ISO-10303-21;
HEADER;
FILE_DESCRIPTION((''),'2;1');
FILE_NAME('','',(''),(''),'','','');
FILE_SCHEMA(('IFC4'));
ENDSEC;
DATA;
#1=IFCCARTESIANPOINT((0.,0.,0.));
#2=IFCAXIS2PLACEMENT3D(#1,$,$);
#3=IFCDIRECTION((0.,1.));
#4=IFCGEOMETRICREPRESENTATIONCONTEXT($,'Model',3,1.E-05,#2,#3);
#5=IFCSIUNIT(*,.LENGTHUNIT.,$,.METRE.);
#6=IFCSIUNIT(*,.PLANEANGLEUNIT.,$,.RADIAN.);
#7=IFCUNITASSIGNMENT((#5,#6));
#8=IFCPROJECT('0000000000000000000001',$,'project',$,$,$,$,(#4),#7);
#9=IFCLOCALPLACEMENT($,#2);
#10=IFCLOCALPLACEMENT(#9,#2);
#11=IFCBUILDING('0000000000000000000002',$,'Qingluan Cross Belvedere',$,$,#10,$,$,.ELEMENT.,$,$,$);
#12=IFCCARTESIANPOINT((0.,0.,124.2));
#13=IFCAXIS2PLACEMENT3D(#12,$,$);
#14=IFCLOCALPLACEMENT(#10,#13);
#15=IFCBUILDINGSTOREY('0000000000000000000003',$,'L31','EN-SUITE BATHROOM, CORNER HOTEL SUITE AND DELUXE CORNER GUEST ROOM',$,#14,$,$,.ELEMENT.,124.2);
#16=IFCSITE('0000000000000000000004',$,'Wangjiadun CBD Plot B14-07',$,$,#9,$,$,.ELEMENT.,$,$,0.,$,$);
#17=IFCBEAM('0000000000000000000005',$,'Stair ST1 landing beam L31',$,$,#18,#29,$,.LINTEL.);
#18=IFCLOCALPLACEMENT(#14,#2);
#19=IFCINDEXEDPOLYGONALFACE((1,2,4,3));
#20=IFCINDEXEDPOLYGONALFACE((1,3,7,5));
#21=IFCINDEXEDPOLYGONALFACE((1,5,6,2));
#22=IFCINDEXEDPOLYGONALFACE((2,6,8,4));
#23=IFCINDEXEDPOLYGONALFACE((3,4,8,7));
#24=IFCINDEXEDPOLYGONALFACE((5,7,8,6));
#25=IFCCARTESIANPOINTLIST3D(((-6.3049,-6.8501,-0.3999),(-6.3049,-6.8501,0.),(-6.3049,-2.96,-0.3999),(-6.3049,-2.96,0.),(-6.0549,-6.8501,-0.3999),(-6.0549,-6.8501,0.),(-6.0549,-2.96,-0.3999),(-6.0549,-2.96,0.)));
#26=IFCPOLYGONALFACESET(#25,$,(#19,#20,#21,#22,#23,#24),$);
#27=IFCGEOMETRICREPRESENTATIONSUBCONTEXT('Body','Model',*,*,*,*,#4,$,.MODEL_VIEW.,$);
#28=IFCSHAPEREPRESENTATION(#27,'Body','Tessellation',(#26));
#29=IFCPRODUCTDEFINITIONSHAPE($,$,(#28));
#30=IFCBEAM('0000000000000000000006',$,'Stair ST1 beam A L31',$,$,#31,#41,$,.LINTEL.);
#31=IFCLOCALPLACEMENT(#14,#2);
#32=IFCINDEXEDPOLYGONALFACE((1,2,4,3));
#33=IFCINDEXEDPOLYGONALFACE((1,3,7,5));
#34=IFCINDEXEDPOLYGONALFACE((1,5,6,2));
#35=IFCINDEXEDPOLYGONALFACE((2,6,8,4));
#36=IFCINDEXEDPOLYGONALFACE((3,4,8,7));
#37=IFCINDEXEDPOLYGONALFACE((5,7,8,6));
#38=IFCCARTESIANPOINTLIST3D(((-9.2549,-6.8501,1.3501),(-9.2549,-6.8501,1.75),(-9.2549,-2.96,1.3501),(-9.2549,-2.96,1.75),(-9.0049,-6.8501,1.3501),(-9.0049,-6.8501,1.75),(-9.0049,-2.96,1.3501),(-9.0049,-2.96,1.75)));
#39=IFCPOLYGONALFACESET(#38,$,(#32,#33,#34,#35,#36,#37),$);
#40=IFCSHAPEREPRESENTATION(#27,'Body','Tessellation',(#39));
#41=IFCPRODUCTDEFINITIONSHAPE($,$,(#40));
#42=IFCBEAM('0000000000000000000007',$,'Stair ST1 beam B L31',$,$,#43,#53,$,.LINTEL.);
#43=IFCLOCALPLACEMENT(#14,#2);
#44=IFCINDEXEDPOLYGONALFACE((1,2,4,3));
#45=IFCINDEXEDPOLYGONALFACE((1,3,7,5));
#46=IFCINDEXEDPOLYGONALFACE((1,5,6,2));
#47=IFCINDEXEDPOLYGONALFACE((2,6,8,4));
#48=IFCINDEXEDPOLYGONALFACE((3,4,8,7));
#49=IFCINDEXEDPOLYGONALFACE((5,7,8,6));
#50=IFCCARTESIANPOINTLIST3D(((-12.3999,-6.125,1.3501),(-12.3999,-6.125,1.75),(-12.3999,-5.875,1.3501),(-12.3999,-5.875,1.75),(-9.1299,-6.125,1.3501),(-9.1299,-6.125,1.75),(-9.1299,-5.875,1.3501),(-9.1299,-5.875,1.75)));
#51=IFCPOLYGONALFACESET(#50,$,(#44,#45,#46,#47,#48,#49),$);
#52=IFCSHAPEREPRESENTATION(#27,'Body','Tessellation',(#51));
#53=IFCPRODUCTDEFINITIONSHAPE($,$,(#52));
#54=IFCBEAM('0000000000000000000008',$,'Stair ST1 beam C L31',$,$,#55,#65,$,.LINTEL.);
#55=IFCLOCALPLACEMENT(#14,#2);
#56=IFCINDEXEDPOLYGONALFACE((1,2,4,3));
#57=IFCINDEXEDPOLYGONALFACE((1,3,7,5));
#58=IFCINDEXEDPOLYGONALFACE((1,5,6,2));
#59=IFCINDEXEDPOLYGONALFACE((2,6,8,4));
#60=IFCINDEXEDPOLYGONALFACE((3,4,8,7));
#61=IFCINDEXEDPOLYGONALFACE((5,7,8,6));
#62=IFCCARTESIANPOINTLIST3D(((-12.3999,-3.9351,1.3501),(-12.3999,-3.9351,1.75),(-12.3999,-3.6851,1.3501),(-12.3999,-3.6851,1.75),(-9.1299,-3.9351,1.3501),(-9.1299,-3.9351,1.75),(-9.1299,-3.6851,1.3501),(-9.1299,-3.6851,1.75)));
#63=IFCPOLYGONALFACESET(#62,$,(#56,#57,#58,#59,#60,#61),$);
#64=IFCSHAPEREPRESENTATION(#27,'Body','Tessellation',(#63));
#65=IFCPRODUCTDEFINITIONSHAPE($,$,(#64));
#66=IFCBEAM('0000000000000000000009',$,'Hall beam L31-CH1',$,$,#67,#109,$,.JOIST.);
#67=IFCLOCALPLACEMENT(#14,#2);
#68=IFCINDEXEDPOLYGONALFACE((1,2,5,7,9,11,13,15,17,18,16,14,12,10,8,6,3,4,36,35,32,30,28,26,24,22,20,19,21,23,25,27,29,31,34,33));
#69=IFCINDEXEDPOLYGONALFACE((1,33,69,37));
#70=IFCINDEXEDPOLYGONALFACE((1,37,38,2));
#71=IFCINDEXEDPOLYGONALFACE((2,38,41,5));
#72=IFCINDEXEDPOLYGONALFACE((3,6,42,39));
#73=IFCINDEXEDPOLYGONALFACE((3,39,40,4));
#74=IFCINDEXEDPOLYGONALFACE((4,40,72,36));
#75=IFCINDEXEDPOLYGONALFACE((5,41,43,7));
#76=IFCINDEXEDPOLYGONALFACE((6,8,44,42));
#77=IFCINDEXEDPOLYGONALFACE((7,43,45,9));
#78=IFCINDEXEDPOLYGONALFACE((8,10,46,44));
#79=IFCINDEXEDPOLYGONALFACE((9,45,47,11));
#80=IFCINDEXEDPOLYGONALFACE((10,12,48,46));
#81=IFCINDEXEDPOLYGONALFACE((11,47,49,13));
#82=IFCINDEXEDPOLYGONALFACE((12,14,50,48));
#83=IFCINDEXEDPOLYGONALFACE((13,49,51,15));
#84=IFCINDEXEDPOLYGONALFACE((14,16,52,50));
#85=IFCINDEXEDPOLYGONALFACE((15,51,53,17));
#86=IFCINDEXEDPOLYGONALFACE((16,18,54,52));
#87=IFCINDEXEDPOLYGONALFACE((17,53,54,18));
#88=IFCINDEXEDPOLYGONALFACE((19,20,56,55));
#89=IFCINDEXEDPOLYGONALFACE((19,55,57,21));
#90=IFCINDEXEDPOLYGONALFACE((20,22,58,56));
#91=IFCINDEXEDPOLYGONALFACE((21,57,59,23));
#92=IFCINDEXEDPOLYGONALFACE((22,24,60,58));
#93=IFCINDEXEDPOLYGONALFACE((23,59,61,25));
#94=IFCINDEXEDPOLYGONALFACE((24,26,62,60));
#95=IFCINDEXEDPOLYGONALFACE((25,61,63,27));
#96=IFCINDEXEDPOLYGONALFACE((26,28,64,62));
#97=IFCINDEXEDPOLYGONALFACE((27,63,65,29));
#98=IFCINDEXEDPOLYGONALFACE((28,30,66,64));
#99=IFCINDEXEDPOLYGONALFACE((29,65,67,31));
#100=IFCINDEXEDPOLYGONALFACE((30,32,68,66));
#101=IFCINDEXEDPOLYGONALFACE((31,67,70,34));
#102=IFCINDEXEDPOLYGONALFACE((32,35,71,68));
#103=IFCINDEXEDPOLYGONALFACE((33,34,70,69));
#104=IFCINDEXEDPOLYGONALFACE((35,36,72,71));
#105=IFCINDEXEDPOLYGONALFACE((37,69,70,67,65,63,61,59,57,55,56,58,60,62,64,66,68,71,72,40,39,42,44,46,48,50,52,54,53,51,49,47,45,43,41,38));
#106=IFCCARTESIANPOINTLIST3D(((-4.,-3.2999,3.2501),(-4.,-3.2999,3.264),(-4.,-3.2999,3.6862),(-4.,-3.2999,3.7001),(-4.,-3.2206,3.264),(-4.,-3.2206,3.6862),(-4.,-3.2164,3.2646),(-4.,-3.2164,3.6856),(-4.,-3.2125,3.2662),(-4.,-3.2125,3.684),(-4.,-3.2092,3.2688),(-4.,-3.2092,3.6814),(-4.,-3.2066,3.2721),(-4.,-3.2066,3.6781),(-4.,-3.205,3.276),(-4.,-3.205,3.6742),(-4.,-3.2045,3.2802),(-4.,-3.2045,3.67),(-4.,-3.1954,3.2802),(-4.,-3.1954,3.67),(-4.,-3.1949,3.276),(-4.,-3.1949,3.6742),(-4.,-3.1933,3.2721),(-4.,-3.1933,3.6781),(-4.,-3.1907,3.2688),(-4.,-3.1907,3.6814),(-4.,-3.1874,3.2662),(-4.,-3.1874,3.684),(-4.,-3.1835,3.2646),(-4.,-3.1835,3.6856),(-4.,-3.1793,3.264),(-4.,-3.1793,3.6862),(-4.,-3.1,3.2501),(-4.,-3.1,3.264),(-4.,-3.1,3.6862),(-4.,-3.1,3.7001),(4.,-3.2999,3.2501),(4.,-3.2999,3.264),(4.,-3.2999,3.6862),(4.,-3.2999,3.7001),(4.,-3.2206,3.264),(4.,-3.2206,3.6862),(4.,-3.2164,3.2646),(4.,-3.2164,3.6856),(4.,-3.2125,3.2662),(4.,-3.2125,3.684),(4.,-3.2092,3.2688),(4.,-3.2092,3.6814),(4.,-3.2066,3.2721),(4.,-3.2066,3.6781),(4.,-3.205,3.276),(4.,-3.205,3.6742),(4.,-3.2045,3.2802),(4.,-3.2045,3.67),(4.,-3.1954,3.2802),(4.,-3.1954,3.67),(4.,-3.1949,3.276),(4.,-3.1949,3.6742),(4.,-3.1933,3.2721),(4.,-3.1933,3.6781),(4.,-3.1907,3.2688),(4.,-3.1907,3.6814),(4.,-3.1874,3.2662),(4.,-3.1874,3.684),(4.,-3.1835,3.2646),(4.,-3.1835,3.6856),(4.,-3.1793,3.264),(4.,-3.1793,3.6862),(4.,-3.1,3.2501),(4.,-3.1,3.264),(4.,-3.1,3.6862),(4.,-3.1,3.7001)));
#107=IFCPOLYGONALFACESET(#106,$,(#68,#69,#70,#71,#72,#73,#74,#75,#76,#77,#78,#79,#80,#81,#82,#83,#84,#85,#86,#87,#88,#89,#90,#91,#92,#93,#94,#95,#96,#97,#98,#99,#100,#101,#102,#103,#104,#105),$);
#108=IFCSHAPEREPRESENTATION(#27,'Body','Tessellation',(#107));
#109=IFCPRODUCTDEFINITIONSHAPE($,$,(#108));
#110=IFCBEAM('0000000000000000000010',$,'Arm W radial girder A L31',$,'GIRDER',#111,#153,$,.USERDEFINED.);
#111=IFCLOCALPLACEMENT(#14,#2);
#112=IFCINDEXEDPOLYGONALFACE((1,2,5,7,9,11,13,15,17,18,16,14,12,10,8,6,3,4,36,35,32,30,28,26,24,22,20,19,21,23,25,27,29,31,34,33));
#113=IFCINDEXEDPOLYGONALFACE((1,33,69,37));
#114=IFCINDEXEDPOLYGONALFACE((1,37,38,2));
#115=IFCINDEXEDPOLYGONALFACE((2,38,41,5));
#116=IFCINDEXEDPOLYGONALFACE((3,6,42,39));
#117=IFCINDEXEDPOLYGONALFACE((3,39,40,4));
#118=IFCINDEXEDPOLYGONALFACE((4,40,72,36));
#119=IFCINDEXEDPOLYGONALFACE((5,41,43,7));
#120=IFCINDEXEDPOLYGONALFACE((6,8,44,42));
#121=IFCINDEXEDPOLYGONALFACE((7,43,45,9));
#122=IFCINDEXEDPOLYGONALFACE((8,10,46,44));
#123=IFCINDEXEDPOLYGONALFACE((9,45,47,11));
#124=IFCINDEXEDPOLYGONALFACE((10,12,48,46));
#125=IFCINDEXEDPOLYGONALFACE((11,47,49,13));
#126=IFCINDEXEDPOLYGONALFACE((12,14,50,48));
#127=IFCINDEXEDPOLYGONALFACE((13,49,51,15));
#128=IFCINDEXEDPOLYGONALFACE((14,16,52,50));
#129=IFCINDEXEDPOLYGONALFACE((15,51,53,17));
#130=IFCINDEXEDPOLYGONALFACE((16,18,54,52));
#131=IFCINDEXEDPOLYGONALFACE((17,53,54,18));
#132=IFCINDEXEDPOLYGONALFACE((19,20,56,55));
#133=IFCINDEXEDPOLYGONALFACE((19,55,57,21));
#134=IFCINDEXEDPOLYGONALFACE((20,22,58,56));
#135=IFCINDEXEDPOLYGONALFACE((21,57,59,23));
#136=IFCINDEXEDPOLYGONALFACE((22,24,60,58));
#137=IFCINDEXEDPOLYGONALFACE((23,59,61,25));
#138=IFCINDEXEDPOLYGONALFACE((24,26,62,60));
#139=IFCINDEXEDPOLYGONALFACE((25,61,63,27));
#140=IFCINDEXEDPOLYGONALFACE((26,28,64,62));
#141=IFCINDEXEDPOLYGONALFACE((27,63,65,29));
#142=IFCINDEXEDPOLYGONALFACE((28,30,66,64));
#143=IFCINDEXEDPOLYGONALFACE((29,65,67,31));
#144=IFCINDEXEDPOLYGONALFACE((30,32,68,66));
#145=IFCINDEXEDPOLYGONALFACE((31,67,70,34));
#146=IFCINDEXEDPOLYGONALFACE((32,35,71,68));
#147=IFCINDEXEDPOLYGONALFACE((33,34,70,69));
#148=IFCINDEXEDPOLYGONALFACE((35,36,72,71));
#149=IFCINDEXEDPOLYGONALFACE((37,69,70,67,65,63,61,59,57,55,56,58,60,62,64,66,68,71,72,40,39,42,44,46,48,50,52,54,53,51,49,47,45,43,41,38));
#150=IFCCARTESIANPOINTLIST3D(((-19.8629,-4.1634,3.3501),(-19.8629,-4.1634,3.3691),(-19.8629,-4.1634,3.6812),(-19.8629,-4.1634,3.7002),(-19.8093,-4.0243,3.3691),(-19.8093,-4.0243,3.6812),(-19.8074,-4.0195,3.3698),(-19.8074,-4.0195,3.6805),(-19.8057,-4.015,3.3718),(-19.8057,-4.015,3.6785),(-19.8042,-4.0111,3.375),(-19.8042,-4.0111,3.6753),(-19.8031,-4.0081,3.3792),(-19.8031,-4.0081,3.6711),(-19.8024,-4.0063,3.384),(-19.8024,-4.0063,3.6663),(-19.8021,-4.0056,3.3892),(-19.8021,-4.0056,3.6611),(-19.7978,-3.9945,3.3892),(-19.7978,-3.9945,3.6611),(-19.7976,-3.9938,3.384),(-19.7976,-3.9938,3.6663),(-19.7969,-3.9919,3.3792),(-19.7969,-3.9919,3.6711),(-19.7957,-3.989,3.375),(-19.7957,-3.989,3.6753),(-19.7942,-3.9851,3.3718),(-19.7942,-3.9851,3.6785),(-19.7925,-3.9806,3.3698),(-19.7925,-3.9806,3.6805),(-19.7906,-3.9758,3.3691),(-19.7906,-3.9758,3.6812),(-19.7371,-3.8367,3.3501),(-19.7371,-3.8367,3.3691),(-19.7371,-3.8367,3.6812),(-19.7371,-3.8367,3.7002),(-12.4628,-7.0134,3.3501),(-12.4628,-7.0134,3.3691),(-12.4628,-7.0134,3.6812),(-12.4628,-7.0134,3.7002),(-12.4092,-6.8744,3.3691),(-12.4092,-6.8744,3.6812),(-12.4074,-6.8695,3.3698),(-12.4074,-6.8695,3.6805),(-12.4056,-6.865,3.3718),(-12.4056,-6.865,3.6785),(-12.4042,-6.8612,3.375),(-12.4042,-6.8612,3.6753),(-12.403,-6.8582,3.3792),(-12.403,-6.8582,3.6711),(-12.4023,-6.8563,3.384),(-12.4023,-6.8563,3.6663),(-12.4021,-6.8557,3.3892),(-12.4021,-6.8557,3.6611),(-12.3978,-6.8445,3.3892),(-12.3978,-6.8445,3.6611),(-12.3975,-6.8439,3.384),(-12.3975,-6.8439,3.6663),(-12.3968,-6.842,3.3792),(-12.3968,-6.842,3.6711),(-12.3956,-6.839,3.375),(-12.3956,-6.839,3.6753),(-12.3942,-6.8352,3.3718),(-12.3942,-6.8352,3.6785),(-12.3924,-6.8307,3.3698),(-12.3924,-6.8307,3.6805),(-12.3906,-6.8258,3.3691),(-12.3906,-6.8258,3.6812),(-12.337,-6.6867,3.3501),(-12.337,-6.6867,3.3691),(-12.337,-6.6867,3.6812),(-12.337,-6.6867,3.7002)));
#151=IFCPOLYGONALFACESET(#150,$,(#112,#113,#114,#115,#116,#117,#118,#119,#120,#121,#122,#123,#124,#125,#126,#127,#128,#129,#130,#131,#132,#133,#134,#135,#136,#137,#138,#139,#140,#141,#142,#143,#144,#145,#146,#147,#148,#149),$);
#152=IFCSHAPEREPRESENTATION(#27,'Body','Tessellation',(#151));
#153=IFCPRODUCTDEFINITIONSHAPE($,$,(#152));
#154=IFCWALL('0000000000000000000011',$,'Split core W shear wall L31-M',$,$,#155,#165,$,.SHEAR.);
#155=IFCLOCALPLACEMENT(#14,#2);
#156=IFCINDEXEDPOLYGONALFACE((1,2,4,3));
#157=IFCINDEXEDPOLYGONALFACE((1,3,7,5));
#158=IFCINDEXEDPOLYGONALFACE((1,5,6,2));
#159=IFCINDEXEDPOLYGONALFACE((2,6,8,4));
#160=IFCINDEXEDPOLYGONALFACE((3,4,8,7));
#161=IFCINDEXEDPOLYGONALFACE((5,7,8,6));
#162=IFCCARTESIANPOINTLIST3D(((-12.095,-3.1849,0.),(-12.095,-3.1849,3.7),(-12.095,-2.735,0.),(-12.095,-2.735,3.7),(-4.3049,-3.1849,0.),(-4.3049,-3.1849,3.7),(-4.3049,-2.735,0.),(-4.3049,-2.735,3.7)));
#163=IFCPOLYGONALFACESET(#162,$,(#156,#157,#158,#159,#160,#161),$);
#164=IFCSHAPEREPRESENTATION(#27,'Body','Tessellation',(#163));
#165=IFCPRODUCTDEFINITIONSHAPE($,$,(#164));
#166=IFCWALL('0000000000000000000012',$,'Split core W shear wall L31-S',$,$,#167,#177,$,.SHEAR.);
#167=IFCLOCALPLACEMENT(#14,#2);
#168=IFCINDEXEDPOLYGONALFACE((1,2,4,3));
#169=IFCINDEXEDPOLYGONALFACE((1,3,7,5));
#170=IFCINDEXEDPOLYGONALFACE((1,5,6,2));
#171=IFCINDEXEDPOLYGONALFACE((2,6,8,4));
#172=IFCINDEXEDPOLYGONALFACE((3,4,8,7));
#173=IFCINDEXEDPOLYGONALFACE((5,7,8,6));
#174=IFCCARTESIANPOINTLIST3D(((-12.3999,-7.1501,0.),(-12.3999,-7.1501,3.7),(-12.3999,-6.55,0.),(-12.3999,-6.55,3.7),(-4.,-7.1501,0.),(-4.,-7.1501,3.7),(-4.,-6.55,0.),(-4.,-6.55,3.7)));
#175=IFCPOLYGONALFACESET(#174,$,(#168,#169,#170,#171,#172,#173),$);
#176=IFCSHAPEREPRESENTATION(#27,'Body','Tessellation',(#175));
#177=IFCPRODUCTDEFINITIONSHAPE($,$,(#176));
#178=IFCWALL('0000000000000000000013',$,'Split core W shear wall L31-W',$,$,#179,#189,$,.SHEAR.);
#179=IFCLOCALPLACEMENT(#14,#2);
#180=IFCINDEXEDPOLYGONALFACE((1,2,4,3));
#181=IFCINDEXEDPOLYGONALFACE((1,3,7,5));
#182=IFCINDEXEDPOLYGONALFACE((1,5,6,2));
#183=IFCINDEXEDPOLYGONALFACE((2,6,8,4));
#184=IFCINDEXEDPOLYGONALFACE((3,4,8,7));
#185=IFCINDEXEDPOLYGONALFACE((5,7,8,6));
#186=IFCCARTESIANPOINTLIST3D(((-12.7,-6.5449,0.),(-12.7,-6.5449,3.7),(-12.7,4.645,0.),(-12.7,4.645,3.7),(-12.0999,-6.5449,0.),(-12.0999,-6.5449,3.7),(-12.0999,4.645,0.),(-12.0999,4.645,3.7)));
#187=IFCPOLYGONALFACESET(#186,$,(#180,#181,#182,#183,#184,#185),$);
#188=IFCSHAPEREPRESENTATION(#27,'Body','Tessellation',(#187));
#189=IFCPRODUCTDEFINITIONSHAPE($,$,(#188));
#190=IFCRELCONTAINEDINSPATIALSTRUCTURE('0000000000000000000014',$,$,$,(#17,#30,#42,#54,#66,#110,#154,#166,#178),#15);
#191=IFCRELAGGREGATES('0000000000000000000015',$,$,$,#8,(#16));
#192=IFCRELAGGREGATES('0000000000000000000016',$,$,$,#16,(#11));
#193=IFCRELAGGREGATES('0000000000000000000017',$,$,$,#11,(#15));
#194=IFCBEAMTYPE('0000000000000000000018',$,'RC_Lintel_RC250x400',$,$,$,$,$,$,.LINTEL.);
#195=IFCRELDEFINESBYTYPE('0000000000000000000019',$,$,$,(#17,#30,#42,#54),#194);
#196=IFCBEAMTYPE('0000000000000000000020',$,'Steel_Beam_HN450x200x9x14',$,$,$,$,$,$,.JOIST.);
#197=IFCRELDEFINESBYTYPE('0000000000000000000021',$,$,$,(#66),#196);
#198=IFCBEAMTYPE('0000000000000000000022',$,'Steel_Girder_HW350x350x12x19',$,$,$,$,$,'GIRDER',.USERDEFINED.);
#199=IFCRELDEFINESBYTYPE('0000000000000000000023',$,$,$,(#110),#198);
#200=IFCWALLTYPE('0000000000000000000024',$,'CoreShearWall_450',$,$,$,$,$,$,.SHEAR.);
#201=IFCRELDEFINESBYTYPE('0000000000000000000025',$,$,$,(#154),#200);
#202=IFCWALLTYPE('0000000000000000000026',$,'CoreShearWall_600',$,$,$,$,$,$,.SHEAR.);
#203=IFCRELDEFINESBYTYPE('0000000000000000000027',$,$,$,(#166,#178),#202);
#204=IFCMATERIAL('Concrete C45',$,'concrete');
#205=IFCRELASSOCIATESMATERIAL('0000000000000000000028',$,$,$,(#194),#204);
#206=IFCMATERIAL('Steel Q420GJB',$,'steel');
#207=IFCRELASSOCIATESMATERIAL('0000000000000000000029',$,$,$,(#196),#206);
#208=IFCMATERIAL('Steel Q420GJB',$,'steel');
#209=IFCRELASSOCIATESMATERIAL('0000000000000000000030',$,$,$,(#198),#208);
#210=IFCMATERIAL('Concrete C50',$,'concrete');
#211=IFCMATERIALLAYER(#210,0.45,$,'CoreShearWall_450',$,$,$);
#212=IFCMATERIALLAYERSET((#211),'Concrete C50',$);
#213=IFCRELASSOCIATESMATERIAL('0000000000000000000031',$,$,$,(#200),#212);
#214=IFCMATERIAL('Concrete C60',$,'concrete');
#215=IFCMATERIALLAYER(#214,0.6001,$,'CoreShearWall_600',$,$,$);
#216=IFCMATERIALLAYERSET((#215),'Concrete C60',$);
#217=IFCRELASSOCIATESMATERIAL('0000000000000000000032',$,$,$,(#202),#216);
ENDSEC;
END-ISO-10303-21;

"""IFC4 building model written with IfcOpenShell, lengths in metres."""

from ifc_helpers import new_model, si_unit, direction, frame, frame_2d, origin, origin_2d, place, context, subcontext, project, spatial, rectangle, i_section, extrude, material, layer, layer_set, material_profile, profile_set, type_object, element, save


model = new_model("IFC4")

# Units and contexts
model_context = context("Model", 3, precision=1e-05, world=origin(), true_north=direction((0.0, 1.0)))
body_context = subcontext(model_context, "Body", "Model", "MODEL_VIEW")
ifc_project = project(units=[si_unit("LENGTHUNIT", "METRE"), si_unit("PLANEANGLEUNIT", "RADIAN")], contexts=[model_context])

# Site, building, storey
site_placement = place(None, origin())
site = spatial("IfcSite", under=ifc_project, at=site_placement, Name="Wangjiadun CBD Plot B14-07", CompositionType="ELEMENT", RefElevation=0.0)
building_placement = place(site_placement, origin())
building = spatial("IfcBuilding", under=site, at=building_placement, Name="Qingluan Cross Belvedere", CompositionType="ELEMENT")
storey_placement = place(building_placement, frame((0.0, 0.0, 124.2)))
storey = spatial("IfcBuildingStorey", under=building, at=storey_placement, Name="L31", Description="EN-SUITE BATHROOM, CORNER HOTEL SUITE AND DELUXE CORNER GUEST ROOM", CompositionType="ELEMENT", Elevation=124.2)

# Beams
ifc_material_1 = material(Name="Concrete C45", Category="concrete")
ifc_material_profile_1 = material_profile(ifc_material_1, rectangle(XDim=0.25, YDim=0.3999, at=origin_2d()), Name="RC250x400")
ifc_profile_set_1 = profile_set([ifc_material_profile_1], Name="Concrete C45")
beam_type_1 = type_object("IfcBeamType", Name="RC_Lintel_RC250x400", PredefinedType="LINTEL", material=ifc_profile_set_1)
for number, where, z_axis, x_axis, name in (
    (1, (-6.1799, -6.8501, -0.2), (0.0, 1.0, 0.0), (-1.0, 0.0, 0.0), "Stair ST1 landing beam L31"),
    (2, (-9.1299, -6.8501, 1.55), (0.0, 1.0, 0.0), (-1.0, 0.0, 0.0), "Stair ST1 beam A L31"),
):
    element("IfcBeam", number, at=place(storey_placement, frame(where, z_axis=z_axis, x_axis=x_axis)), inside=storey, type_object=beam_type_1, Name=name, PredefinedType="LINTEL", context=body_context, shape_type="SweptSolid", body=[
        extrude(rectangle(XDim=0.25, YDim=0.3999, at=origin_2d()), origin(), (0.0, 0.0, 1.0), 3.8901),
    ])
for number, where, z_axis, x_axis, name in (
    (3, (-12.3999, -6.0, 1.55), (1.0, 0.0, 0.0), (0.0, 1.0, 0.0), "Stair ST1 beam B L31"),
    (4, (-12.3999, -3.8101, 1.55), (1.0, 0.0, 0.0), (0.0, 1.0, 0.0), "Stair ST1 beam C L31"),
):
    element("IfcBeam", number, at=place(storey_placement, frame(where, z_axis=z_axis, x_axis=x_axis)), inside=storey, type_object=beam_type_1, Name=name, PredefinedType="LINTEL", context=body_context, shape_type="SweptSolid", body=[
        extrude(rectangle(XDim=0.25, YDim=0.3999, at=origin_2d()), origin(), (0.0, 0.0, 1.0), 3.27),
    ])
ifc_material_2 = material(Name="Steel Q420GJB", Category="steel")
ifc_material_profile_2 = material_profile(ifc_material_2, i_section(OverallWidth=0.2, OverallDepth=0.45, WebThickness=0.009, FlangeThickness=0.0139, FilletRadius=0.0161, at=origin_2d()), Name="HN450x200x9x14")
ifc_profile_set_2 = profile_set([ifc_material_profile_2], Name="Steel Q420GJB")
beam_type_2 = type_object("IfcBeamType", Name="Steel_Beam_HN450x200x9x14", PredefinedType="JOIST", material=ifc_profile_set_2)
beam_1_placement = place(storey_placement, frame((-4.0, -3.2, 3.4751), z_axis=(1.0, 0.0, 0.0), x_axis=(0.0, 1.0, 0.0)))
element("IfcBeam", 5, at=beam_1_placement, inside=storey, type_object=beam_type_2, Name="Hall beam L31-CH1", PredefinedType="JOIST", context=body_context, shape_type="SweptSolid", body=[
    extrude(i_section(OverallWidth=0.2, OverallDepth=0.45, WebThickness=0.009, FlangeThickness=0.0139, FilletRadius=0.0161, at=origin_2d()), origin(), (0.0, 0.0, 1.0), 8.0),
])
ifc_material_3 = material(Name="Steel Q420GJB", Category="steel")
ifc_material_profile_3 = material_profile(ifc_material_3, i_section(OverallWidth=0.3501, OverallDepth=0.3501, WebThickness=0.012, FlangeThickness=0.019, FilletRadius=0.02, at=origin_2d()), Name="HW350x350x12x19")
ifc_profile_set_3 = profile_set([ifc_material_profile_3], Name="Steel Q420GJB")
beam_type_3 = type_object("IfcBeamType", Name="Steel_Girder_HW350x350x12x19", ElementType="GIRDER", PredefinedType="USERDEFINED", material=ifc_profile_set_3)
beam_2_placement = place(storey_placement, frame((-12.3999, -6.8501, 3.5251), z_axis=(-0.933181, 0.359406, 0.0), x_axis=(-0.359406, -0.933181, 0.0)))
element("IfcBeam", 6, at=beam_2_placement, inside=storey, type_object=beam_type_3, Name="Arm W radial girder A L31", ObjectType="GIRDER", PredefinedType="USERDEFINED", context=body_context, shape_type="SweptSolid", body=[
    extrude(i_section(OverallWidth=0.3501, OverallDepth=0.3501, WebThickness=0.012, FlangeThickness=0.019, FilletRadius=0.02, at=origin_2d()), origin(), (0.0, 0.0, 1.0), 7.9299),
])

# Walls
ifc_material_4 = material(Name="Concrete C50", Category="concrete")
ifc_layer_1 = layer(ifc_material_4, 0.45, Name="CoreShearWall_450")
ifc_layer_set_1 = layer_set([ifc_layer_1], Name="Concrete C50")
wall_type_1 = type_object("IfcWallType", Name="CoreShearWall_450", PredefinedType="SHEAR", material=ifc_layer_set_1)
wall_1_placement = place(storey_placement, frame((-12.095, -2.96, 0.0), z_axis=(0.0, 0.0, 1.0), x_axis=(1.0, 0.0, 0.0)))
element("IfcWall", 7, at=wall_1_placement, inside=storey, type_object=wall_type_1, Name="Split core W shear wall L31-M", PredefinedType="SHEAR", context=body_context, shape_type="SweptSolid", body=[
    extrude(rectangle(XDim=7.79, YDim=0.45, at=frame_2d((3.895, 0.0))), origin(), (0.0, 0.0, 1.0), 3.7),
])
ifc_material_5 = material(Name="Concrete C60", Category="concrete")
ifc_layer_2 = layer(ifc_material_5, 0.6001, Name="CoreShearWall_600")
ifc_layer_set_2 = layer_set([ifc_layer_2], Name="Concrete C60")
wall_type_2 = type_object("IfcWallType", Name="CoreShearWall_600", PredefinedType="SHEAR", material=ifc_layer_set_2)
wall_2_placement = place(storey_placement, frame((-12.3999, -6.8501, 0.0), z_axis=(0.0, 0.0, 1.0), x_axis=(1.0, 0.0, 0.0)))
element("IfcWall", 8, at=wall_2_placement, inside=storey, type_object=wall_type_2, Name="Split core W shear wall L31-S", PredefinedType="SHEAR", context=body_context, shape_type="SweptSolid", body=[
    extrude(rectangle(XDim=8.3999, YDim=0.6001, at=frame_2d((4.2, 0.0))), origin(), (0.0, 0.0, 1.0), 3.7),
])
wall_3_placement = place(storey_placement, frame((-12.3999, -6.5449, 0.0), z_axis=(0.0, 0.0, 1.0), x_axis=(0.0, 1.0, 0.0)))
element("IfcWall", 9, at=wall_3_placement, inside=storey, type_object=wall_type_2, Name="Split core W shear wall L31-W", PredefinedType="SHEAR", context=body_context, shape_type="SweptSolid", body=[
    extrude(rectangle(XDim=11.1899, YDim=0.6001, at=frame_2d((5.595, 0.0))), origin(), (0.0, 0.0, 1.0), 3.7),
])

save(model, "model.ifc")
